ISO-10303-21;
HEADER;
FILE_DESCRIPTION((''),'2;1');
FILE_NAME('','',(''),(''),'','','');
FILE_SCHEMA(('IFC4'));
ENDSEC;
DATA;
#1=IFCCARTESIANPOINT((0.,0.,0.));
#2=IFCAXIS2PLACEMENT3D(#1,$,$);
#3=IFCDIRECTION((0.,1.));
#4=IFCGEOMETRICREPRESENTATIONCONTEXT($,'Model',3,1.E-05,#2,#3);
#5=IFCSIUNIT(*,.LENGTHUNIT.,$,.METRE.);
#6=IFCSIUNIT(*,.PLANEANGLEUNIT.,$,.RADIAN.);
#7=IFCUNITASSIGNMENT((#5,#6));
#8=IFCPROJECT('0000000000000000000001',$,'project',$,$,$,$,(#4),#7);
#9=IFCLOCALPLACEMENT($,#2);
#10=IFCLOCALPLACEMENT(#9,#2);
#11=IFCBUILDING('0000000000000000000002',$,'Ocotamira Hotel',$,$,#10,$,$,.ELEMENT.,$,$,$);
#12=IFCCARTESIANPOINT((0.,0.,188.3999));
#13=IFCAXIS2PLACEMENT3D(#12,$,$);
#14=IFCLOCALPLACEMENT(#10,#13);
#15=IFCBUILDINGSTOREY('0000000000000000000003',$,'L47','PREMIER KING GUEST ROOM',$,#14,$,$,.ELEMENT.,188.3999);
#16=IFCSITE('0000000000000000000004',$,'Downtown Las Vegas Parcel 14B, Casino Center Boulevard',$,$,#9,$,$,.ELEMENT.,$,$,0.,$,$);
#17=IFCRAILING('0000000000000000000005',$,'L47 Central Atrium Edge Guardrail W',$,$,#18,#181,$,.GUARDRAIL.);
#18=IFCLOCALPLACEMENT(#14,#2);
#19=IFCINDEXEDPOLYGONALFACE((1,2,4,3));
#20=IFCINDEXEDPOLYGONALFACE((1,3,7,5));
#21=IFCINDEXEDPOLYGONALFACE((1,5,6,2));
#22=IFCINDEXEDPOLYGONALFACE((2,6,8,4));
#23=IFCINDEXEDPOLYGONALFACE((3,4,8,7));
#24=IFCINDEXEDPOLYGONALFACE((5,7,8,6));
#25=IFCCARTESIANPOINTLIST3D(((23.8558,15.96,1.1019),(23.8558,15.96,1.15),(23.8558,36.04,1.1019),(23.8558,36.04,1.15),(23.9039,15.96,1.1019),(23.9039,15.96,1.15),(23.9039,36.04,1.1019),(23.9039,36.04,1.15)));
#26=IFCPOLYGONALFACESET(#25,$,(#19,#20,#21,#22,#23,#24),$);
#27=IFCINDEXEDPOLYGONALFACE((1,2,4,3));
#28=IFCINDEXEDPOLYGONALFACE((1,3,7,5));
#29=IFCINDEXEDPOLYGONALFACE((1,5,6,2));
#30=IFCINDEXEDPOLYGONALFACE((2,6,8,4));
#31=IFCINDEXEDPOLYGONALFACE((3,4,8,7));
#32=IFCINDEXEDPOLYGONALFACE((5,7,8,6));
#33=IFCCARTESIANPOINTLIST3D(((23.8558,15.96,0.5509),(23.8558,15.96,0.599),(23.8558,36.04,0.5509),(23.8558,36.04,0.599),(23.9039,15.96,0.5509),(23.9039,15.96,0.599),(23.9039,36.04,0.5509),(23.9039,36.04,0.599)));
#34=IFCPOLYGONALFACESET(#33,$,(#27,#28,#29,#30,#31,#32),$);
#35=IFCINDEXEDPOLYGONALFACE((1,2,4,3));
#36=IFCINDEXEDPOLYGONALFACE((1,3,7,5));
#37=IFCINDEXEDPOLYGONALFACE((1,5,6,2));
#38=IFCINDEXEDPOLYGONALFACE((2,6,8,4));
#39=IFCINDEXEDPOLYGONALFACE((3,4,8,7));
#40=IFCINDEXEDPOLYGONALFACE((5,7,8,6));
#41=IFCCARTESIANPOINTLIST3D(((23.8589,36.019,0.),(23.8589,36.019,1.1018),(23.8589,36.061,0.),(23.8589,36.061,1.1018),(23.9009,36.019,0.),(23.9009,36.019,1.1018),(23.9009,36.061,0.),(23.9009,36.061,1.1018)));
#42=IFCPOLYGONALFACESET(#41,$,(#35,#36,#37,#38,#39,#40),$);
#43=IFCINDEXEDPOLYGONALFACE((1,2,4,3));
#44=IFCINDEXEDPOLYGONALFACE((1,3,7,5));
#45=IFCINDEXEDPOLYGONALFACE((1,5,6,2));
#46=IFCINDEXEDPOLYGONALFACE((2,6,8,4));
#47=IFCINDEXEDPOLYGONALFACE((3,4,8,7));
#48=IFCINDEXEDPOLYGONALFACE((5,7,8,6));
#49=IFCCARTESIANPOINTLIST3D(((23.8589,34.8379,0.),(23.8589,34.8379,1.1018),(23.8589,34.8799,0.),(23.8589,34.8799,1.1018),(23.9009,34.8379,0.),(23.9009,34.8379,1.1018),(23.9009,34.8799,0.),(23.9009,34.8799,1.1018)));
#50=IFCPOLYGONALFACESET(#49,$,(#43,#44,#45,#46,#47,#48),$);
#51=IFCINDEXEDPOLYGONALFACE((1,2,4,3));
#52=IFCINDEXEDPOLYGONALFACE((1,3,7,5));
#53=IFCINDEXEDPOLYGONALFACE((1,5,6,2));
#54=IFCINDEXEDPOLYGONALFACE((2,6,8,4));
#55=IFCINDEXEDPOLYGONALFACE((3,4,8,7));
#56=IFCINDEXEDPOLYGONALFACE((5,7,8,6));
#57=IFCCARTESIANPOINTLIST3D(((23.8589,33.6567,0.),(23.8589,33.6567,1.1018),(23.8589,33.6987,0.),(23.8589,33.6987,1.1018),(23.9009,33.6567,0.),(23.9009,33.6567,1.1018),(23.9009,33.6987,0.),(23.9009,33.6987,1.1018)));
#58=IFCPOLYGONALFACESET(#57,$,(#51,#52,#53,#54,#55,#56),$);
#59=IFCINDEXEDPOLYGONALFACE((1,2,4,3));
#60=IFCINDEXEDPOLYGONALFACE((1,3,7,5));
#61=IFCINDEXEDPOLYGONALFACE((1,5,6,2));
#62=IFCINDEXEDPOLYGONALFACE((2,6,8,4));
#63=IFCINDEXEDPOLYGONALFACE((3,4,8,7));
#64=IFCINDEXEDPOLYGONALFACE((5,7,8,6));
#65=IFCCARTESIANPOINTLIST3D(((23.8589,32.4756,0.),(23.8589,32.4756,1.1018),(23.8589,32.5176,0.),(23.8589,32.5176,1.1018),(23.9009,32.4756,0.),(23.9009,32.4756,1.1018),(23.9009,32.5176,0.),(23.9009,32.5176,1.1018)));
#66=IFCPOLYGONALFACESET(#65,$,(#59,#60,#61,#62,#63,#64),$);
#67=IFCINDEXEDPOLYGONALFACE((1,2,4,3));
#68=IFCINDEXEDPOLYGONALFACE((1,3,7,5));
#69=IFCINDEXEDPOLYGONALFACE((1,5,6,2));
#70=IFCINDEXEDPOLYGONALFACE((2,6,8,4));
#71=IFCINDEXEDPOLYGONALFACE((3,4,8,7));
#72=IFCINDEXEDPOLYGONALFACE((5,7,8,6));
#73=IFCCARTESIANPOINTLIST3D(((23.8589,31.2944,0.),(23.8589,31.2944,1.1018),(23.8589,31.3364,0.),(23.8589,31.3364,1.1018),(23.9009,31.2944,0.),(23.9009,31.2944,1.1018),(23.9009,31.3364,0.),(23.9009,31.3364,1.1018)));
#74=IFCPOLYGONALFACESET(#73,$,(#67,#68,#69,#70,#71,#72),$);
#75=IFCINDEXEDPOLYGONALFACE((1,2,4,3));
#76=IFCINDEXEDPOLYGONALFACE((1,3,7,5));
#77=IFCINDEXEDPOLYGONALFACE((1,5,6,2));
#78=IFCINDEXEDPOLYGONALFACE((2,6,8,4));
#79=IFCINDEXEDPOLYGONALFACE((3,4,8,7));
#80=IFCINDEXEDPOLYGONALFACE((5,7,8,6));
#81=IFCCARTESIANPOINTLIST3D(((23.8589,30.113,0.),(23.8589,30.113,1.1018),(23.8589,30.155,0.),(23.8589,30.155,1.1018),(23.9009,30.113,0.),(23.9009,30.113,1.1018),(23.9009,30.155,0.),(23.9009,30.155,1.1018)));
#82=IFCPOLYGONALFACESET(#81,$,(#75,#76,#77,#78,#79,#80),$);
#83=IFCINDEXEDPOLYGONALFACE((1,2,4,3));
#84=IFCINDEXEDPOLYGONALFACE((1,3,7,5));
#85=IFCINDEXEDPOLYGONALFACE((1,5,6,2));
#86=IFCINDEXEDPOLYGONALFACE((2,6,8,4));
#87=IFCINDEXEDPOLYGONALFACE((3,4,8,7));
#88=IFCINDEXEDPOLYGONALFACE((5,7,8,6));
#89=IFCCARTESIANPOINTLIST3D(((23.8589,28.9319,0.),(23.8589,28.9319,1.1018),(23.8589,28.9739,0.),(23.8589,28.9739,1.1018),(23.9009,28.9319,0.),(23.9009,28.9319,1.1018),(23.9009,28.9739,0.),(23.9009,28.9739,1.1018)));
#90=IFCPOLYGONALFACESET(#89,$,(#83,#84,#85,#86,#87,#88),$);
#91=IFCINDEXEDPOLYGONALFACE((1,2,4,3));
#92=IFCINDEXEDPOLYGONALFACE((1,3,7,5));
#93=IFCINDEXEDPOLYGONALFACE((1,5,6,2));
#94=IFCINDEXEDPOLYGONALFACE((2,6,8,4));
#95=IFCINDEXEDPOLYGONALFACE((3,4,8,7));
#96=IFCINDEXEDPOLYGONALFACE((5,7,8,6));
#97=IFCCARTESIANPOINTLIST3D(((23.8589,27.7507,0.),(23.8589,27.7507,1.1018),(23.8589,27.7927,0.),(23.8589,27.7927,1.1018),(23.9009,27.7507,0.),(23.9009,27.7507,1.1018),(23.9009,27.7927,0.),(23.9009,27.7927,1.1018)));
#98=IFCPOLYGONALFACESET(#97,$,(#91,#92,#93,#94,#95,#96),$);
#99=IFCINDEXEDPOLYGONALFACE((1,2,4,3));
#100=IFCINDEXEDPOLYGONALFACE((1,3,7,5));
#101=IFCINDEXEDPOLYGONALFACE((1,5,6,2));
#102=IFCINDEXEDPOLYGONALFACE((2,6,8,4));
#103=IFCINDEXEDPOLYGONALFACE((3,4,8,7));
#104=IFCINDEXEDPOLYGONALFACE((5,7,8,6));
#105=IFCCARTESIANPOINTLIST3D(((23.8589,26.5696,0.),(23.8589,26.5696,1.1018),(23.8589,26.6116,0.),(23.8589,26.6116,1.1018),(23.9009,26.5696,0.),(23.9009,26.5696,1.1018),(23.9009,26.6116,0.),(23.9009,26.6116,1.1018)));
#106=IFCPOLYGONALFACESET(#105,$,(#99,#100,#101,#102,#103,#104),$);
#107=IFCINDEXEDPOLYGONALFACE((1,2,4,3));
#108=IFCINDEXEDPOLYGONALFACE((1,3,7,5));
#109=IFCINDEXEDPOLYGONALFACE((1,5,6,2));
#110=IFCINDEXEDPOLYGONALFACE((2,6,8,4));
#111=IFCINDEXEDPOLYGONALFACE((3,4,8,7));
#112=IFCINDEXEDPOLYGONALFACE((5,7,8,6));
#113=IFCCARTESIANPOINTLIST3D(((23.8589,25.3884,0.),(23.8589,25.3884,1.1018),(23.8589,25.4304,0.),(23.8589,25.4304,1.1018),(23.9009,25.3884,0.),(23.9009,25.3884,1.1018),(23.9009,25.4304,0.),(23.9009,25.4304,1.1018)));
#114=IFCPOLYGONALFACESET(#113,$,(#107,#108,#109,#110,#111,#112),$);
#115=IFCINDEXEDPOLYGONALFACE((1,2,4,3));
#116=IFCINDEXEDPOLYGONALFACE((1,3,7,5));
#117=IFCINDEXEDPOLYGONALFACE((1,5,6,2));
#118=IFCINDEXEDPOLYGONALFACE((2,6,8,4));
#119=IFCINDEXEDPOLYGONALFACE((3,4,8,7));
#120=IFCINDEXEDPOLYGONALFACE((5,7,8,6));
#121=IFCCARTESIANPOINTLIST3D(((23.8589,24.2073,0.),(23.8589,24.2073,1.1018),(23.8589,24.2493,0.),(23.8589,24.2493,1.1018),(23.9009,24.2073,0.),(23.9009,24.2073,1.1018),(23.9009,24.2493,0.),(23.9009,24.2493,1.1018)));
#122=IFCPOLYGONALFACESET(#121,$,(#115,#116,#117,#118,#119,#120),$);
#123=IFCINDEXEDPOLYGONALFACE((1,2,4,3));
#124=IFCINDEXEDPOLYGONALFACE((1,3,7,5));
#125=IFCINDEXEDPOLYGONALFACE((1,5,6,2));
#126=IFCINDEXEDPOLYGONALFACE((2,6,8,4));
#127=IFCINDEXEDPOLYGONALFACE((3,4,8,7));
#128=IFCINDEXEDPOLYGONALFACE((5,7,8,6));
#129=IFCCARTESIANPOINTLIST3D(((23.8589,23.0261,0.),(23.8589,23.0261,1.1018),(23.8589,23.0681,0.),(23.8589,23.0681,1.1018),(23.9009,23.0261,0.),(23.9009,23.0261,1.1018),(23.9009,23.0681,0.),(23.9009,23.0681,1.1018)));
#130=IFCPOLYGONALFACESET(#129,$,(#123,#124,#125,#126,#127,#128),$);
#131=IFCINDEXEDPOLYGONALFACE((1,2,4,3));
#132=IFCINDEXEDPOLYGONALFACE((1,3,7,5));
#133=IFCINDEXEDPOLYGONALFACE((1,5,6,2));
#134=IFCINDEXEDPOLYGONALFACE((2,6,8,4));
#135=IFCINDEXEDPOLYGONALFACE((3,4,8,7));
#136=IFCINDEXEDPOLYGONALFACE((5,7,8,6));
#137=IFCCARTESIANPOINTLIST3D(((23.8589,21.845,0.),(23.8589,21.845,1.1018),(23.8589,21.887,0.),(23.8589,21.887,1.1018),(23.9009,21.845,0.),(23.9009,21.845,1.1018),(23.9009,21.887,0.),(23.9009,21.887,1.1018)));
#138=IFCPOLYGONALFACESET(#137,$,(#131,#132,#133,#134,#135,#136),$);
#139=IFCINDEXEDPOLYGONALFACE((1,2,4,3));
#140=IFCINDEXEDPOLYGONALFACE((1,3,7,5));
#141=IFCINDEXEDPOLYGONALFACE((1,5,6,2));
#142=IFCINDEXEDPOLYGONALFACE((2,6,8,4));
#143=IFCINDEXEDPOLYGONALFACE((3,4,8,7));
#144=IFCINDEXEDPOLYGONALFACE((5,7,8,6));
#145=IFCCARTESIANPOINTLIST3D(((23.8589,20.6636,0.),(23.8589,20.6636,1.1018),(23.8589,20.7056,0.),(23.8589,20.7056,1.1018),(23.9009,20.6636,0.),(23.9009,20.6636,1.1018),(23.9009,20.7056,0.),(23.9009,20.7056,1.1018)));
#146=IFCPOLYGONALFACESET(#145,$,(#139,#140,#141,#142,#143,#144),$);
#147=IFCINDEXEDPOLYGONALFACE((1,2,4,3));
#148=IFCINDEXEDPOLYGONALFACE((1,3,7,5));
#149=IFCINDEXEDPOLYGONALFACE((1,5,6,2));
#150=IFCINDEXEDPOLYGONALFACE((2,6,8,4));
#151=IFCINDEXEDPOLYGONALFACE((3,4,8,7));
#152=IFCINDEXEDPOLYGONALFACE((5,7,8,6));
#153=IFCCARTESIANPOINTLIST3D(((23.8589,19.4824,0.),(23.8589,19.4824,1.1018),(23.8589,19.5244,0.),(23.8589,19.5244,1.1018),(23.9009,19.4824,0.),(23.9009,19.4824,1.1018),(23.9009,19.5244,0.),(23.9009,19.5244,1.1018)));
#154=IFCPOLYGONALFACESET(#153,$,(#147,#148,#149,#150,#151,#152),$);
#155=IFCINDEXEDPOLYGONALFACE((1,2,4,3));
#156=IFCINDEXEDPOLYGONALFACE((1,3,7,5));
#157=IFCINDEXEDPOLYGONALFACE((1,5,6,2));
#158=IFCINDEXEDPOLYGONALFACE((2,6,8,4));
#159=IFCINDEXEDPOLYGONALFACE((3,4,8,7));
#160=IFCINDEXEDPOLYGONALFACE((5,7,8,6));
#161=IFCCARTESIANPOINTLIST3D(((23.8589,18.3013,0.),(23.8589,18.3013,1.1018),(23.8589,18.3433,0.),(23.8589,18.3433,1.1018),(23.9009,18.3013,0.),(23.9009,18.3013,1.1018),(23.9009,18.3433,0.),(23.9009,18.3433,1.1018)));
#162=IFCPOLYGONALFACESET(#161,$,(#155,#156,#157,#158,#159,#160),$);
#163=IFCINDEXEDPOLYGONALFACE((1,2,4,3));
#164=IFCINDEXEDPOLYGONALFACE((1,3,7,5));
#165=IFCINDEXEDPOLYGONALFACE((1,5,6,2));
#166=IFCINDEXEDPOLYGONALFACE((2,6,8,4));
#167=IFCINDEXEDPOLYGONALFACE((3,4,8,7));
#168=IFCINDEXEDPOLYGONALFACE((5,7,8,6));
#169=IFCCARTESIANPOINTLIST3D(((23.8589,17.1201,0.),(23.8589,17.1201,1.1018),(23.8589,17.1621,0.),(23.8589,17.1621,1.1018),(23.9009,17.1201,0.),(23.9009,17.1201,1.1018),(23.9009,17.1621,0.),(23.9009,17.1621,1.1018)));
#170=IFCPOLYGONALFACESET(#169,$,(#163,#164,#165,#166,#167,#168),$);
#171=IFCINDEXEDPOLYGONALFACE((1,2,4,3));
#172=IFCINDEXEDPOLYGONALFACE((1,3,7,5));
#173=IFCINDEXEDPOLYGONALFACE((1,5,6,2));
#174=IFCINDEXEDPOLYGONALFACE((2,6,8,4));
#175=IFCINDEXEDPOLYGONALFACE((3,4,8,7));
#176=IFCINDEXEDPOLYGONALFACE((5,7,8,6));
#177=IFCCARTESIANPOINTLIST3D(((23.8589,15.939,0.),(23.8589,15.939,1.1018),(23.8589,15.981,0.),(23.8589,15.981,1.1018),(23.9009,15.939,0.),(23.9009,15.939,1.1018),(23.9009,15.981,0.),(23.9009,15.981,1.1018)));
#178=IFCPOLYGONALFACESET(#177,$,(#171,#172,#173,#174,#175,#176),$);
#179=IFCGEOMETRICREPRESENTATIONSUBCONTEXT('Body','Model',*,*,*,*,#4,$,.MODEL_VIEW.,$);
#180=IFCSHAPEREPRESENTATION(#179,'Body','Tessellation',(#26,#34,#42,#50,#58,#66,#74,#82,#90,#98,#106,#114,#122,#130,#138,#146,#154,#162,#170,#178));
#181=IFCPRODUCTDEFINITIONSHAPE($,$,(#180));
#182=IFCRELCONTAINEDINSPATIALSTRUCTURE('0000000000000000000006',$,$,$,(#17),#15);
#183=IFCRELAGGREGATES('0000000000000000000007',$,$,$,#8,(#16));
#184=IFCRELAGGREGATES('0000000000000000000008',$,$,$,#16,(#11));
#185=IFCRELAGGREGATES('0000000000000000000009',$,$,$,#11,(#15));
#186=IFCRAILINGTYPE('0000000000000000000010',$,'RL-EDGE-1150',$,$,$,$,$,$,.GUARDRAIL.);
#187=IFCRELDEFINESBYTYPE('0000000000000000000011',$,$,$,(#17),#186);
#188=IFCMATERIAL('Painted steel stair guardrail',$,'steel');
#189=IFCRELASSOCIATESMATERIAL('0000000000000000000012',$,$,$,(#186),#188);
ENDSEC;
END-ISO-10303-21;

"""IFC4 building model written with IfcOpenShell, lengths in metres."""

from ifc_helpers import new_model, si_unit, direction, frame, origin, origin_2d, place, context, subcontext, project, spatial, rectangle, extrude, material, type_object, element, save


model = new_model("IFC4")

# Units and contexts
model_context = context("Model", 3, precision=1e-05, world=origin(), true_north=direction((0.0, 1.0)))
body_context = subcontext(model_context, "Body", "Model", "MODEL_VIEW")
ifc_project = project(units=[si_unit("LENGTHUNIT", "METRE"), si_unit("PLANEANGLEUNIT", "RADIAN")], contexts=[model_context])

# Site, building, storey
site_placement = place(None, origin())
site = spatial("IfcSite", under=ifc_project, at=site_placement, Name="Downtown Las Vegas Parcel 14B, Casino Center Boulevard", CompositionType="ELEMENT", RefElevation=0.0)
building_placement = place(site_placement, origin())
building = spatial("IfcBuilding", under=site, at=building_placement, Name="Ocotamira Hotel", CompositionType="ELEMENT")
storey_placement = place(building_placement, frame((0.0, 0.0, 188.3999)))
storey = spatial("IfcBuildingStorey", under=building, at=storey_placement, Name="L47", Description="PREMIER KING GUEST ROOM", CompositionType="ELEMENT", Elevation=188.3999)

# Railing
ifc_material_1 = material(Name="Painted steel stair guardrail", Category="steel")
railing_type = type_object("IfcRailingType", Name="RL-EDGE-1150", PredefinedType="GUARDRAIL", material=ifc_material_1)
railing_placement = place(storey_placement, frame((23.8799, 36.04, 0.0)))
element("IfcRailing", 1, at=railing_placement, inside=storey, type_object=railing_type, Name="L47 Central Atrium Edge Guardrail W", PredefinedType="GUARDRAIL", context=body_context, shape_type="SweptSolid", body=[
    extrude(rectangle(XDim=0.0481, YDim=0.0481, at=origin_2d()), frame((0.0, 0.0, 1.126), z_axis=(0.0, -1.0, 0.0), x_axis=(1.0, 0.0, 0.0)), (0.0, 0.0, 1.0), 20.0801),
    extrude(rectangle(XDim=0.0481, YDim=0.0481, at=origin_2d()), frame((0.0, 0.0, 0.575), z_axis=(0.0, -1.0, 0.0), x_axis=(1.0, 0.0, 0.0)), (0.0, 0.0, 1.0), 20.0801),
    extrude(rectangle(XDim=0.042, YDim=0.042, at=origin_2d()), origin(), (0.0, 0.0, 1.0), 1.1018),
    extrude(rectangle(XDim=0.042, YDim=0.042, at=origin_2d()), frame((0.0, -1.1812, 0.0)), (0.0, 0.0, 1.0), 1.1018),
    extrude(rectangle(XDim=0.042, YDim=0.042, at=origin_2d()), frame((0.0, -2.3623, 0.0)), (0.0, 0.0, 1.0), 1.1018),
    extrude(rectangle(XDim=0.042, YDim=0.042, at=origin_2d()), frame((0.0, -3.5435, 0.0)), (0.0, 0.0, 1.0), 1.1018),
    extrude(rectangle(XDim=0.042, YDim=0.042, at=origin_2d()), frame((0.0, -4.7246, 0.0)), (0.0, 0.0, 1.0), 1.1018),
    extrude(rectangle(XDim=0.042, YDim=0.042, at=origin_2d()), frame((0.0, -5.906, 0.0)), (0.0, 0.0, 1.0), 1.1018),
    extrude(rectangle(XDim=0.042, YDim=0.042, at=origin_2d()), frame((0.0, -7.0872, 0.0)), (0.0, 0.0, 1.0), 1.1018),
    extrude(rectangle(XDim=0.042, YDim=0.042, at=origin_2d()), frame((0.0, -8.2683, 0.0)), (0.0, 0.0, 1.0), 1.1018),
    extrude(rectangle(XDim=0.042, YDim=0.042, at=origin_2d()), frame((0.0, -9.4495, 0.0)), (0.0, 0.0, 1.0), 1.1018),
    extrude(rectangle(XDim=0.042, YDim=0.042, at=origin_2d()), frame((0.0, -10.6306, 0.0)), (0.0, 0.0, 1.0), 1.1018),
    extrude(rectangle(XDim=0.042, YDim=0.042, at=origin_2d()), frame((0.0, -11.8118, 0.0)), (0.0, 0.0, 1.0), 1.1018),
    extrude(rectangle(XDim=0.042, YDim=0.042, at=origin_2d()), frame((0.0, -12.9929, 0.0)), (0.0, 0.0, 1.0), 1.1018),
    extrude(rectangle(XDim=0.042, YDim=0.042, at=origin_2d()), frame((0.0, -14.1741, 0.0)), (0.0, 0.0, 1.0), 1.1018),
    extrude(rectangle(XDim=0.042, YDim=0.042, at=origin_2d()), frame((0.0, -15.3555, 0.0)), (0.0, 0.0, 1.0), 1.1018),
    extrude(rectangle(XDim=0.042, YDim=0.042, at=origin_2d()), frame((0.0, -16.5366, 0.0)), (0.0, 0.0, 1.0), 1.1018),
    extrude(rectangle(XDim=0.042, YDim=0.042, at=origin_2d()), frame((0.0, -17.7178, 0.0)), (0.0, 0.0, 1.0), 1.1018),
    extrude(rectangle(XDim=0.042, YDim=0.042, at=origin_2d()), frame((0.0, -18.8989, 0.0)), (0.0, 0.0, 1.0), 1.1018),
    extrude(rectangle(XDim=0.042, YDim=0.042, at=origin_2d()), frame((0.0, -20.0801, 0.0)), (0.0, 0.0, 1.0), 1.1018),
])

save(model, "model.ifc")
